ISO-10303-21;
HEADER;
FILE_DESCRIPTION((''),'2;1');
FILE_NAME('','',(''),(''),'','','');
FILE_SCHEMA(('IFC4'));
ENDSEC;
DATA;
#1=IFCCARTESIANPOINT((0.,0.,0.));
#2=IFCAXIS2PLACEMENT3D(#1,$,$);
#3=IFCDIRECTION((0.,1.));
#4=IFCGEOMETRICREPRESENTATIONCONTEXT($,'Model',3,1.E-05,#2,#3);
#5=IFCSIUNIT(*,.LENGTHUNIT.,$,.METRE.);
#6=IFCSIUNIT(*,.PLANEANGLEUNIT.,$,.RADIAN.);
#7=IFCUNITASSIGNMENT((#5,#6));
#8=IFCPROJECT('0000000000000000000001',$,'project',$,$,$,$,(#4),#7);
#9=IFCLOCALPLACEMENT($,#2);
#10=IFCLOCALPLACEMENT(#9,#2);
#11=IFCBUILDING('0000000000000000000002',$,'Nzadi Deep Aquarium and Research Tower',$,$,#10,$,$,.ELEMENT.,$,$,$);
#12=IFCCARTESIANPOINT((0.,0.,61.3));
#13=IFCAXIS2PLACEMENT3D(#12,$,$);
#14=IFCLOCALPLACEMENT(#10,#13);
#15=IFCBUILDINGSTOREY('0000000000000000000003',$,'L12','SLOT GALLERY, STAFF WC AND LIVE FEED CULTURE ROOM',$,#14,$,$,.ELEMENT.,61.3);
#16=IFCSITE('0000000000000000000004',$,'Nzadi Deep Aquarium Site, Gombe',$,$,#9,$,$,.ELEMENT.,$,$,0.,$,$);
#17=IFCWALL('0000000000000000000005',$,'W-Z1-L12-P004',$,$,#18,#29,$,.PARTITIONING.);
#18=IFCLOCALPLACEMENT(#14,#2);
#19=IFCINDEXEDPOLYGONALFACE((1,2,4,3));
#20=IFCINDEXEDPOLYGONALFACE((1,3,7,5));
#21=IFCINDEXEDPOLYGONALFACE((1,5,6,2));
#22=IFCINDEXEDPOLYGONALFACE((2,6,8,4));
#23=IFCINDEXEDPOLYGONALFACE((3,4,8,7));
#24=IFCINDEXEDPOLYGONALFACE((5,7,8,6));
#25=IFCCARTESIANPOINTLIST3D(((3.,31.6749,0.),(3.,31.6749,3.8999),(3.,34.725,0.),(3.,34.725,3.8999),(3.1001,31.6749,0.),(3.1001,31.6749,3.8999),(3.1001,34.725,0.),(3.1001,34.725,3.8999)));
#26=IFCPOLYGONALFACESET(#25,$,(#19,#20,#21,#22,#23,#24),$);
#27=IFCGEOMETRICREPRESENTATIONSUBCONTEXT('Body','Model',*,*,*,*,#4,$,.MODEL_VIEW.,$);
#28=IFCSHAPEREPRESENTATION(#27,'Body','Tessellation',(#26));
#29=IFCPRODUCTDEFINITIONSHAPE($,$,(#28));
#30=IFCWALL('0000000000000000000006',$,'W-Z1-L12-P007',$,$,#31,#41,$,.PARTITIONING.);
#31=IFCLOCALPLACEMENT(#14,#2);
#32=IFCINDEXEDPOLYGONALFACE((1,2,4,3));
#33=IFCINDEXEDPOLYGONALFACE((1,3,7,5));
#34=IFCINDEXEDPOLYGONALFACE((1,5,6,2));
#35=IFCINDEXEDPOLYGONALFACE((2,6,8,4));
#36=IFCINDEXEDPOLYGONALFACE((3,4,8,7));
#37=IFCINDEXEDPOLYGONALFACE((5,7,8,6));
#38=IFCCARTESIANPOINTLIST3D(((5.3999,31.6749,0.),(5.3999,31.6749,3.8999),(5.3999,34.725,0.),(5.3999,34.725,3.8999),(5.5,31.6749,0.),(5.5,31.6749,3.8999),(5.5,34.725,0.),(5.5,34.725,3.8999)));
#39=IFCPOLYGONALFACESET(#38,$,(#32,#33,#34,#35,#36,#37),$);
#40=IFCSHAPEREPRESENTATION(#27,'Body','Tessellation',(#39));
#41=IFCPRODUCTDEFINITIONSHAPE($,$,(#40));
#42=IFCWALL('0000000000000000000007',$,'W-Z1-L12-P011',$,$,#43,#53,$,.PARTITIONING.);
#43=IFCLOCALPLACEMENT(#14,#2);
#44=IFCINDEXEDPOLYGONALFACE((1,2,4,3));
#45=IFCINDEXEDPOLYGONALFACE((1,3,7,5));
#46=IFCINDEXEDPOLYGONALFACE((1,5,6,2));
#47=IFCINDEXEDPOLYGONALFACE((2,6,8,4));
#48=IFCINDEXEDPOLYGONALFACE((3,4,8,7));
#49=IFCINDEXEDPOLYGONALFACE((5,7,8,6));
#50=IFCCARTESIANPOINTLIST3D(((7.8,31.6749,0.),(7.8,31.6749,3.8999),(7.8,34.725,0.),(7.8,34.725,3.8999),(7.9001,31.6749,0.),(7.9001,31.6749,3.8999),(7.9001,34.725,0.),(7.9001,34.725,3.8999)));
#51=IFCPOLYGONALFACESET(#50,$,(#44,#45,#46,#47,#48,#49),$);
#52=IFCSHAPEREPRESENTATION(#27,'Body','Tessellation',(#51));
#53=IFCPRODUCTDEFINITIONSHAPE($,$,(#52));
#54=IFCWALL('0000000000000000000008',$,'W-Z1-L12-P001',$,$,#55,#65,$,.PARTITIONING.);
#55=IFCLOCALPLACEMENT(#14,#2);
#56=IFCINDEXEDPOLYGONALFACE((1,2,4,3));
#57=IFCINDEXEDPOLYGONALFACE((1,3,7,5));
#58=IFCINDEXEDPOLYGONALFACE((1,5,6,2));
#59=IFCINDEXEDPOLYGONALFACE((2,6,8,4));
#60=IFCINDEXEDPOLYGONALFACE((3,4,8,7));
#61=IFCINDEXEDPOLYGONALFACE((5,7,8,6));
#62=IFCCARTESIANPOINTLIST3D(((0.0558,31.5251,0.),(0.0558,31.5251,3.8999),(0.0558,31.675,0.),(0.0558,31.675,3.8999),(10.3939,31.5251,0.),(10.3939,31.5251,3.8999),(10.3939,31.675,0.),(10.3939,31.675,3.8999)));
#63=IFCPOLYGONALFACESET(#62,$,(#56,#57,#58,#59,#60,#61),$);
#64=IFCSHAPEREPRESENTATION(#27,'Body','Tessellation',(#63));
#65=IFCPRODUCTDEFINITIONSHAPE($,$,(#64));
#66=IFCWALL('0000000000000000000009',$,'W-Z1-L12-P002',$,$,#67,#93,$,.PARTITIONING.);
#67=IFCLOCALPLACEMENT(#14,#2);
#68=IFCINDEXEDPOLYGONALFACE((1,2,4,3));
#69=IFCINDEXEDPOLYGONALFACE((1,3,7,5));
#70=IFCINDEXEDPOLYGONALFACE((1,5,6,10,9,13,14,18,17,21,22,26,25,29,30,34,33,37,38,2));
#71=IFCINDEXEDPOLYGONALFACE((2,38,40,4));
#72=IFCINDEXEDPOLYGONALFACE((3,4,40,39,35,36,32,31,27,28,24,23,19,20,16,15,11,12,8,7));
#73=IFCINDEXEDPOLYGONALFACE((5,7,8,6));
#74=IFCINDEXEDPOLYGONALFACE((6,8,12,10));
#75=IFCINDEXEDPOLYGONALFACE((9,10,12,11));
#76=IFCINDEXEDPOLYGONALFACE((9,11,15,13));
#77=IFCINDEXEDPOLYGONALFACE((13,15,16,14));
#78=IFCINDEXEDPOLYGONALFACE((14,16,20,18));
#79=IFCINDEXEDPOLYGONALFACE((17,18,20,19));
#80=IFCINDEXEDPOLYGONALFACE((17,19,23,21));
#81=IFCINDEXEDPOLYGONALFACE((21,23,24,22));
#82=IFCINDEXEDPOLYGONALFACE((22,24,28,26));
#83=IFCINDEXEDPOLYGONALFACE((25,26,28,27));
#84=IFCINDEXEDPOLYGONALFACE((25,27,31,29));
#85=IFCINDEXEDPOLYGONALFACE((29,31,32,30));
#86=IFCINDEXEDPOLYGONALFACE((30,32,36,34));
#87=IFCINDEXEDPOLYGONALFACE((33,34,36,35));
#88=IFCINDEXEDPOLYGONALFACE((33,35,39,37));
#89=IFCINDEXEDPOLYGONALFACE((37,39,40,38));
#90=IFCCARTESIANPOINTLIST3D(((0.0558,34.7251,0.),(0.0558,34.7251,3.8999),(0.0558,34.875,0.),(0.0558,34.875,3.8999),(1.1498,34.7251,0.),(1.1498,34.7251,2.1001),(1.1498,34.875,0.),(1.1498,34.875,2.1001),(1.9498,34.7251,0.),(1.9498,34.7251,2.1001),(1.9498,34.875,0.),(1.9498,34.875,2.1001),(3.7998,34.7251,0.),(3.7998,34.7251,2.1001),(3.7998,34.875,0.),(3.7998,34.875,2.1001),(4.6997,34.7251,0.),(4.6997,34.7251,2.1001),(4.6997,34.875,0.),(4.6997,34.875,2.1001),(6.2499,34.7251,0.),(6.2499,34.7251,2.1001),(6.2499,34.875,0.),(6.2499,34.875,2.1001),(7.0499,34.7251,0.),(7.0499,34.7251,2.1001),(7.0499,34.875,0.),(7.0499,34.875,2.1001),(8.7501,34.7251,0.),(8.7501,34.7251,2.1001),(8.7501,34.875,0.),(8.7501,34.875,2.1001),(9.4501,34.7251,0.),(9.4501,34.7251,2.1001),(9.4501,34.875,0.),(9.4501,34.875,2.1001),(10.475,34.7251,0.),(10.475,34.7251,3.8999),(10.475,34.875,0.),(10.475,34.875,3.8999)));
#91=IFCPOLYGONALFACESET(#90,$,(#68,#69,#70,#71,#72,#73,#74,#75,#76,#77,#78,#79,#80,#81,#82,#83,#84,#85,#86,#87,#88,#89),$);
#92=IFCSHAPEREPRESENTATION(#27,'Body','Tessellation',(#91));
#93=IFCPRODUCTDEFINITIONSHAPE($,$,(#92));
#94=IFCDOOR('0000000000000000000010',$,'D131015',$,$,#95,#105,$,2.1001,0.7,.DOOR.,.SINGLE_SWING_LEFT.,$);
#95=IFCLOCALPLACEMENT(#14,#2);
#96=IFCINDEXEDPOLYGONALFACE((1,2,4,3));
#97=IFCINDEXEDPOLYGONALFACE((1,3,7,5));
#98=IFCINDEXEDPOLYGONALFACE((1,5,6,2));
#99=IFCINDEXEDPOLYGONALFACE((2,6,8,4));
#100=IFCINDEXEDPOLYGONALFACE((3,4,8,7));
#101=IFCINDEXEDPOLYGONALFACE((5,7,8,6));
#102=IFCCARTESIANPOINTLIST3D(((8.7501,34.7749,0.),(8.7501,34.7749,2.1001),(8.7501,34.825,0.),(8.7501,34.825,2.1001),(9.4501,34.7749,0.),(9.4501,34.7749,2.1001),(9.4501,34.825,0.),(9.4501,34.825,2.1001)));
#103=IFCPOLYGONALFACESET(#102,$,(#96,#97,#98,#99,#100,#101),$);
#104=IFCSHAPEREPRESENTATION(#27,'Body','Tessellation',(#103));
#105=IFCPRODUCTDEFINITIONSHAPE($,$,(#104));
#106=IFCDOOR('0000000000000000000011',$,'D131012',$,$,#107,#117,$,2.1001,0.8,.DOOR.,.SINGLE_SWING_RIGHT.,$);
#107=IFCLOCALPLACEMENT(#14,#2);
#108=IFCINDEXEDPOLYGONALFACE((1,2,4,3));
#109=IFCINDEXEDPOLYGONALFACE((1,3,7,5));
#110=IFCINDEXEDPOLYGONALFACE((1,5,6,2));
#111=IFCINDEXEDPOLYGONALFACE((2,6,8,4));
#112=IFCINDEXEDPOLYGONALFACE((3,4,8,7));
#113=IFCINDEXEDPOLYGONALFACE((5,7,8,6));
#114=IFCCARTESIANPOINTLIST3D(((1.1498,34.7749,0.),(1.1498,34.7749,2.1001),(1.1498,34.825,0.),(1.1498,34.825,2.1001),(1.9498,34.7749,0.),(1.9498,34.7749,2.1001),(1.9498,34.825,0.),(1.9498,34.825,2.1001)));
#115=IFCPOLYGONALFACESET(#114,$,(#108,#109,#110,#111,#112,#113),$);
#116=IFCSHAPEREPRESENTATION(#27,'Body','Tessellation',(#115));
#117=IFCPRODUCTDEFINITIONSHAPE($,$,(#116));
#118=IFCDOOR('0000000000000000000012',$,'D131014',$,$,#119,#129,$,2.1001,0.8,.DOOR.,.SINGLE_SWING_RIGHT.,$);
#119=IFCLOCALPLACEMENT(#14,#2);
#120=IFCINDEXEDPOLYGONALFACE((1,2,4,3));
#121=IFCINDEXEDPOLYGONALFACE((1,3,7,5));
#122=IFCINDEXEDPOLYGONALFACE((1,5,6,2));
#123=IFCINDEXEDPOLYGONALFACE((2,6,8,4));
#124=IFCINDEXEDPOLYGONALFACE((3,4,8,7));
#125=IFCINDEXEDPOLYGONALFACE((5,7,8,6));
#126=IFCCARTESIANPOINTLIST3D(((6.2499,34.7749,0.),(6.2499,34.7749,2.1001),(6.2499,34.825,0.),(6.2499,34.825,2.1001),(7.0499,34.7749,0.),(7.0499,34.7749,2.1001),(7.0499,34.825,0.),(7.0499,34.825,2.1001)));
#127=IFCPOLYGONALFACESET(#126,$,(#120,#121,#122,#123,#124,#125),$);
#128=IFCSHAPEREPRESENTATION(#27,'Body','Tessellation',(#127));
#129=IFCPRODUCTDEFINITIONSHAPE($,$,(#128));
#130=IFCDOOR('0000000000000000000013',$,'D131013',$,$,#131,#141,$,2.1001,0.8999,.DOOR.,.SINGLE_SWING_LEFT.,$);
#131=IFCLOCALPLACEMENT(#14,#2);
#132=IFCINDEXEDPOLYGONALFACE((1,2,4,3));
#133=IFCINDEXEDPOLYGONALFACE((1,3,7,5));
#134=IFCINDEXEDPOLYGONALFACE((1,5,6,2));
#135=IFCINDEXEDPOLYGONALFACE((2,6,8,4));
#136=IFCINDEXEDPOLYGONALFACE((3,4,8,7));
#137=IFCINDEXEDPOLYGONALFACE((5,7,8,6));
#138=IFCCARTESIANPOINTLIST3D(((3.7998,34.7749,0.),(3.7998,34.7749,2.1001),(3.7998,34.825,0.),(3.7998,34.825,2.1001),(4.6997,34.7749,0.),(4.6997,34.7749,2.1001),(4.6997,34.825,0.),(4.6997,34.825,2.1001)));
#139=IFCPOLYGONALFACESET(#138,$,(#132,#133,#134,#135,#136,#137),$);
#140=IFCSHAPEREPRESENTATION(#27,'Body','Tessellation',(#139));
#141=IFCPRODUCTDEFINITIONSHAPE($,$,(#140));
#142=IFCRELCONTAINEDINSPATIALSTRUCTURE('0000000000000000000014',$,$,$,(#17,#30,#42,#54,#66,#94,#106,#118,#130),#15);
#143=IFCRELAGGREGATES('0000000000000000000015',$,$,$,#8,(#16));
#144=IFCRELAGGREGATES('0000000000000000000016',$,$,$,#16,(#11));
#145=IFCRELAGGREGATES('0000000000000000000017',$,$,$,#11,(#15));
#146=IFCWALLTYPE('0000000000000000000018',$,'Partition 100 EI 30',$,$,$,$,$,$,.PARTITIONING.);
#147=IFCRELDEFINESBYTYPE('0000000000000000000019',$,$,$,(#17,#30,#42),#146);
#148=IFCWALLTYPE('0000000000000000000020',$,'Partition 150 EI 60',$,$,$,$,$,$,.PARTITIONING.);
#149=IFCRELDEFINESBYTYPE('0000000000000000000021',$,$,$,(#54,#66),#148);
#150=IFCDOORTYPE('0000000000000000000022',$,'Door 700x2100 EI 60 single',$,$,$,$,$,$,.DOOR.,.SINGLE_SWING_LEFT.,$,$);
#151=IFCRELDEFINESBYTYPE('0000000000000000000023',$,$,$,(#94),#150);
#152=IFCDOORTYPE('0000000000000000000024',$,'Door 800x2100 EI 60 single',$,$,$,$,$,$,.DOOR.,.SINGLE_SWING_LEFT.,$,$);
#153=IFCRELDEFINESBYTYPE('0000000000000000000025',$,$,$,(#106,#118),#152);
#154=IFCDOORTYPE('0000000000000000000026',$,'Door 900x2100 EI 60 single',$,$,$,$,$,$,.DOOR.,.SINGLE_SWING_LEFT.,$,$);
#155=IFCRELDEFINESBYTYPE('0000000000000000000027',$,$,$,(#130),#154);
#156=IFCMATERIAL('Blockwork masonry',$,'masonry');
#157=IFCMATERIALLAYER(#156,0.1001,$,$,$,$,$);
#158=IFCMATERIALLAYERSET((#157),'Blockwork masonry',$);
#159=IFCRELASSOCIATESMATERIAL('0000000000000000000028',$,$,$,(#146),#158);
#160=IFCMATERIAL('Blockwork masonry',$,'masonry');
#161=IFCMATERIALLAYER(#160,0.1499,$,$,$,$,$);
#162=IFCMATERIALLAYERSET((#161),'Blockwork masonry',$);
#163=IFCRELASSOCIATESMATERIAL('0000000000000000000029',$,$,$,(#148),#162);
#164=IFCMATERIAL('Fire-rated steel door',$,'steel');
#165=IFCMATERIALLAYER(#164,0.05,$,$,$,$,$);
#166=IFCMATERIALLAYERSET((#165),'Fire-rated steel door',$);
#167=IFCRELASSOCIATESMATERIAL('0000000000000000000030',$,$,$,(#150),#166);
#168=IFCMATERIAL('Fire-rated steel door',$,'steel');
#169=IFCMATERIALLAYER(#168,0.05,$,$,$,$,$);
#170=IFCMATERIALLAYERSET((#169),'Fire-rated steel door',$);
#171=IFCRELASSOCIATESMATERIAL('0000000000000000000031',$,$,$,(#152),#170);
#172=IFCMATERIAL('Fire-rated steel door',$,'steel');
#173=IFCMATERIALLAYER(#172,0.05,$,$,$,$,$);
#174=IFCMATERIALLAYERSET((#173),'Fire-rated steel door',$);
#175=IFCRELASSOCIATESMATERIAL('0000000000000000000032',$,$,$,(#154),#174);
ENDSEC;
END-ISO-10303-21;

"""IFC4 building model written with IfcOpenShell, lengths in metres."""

from ifc_helpers import new_model, si_unit, direction, frame, frame_2d, origin, place, context, subcontext, project, spatial, rectangle, extrude, material, layer, layer_set, type_object, element, fill, save


model = new_model("IFC4")

# Units and contexts
model_context = context("Model", 3, precision=1e-05, world=origin(), true_north=direction((0.0, 1.0)))
body_context = subcontext(model_context, "Body", "Model", "MODEL_VIEW")
ifc_project = project(units=[si_unit("LENGTHUNIT", "METRE"), si_unit("PLANEANGLEUNIT", "RADIAN")], contexts=[model_context])

# Site, building, storey
site_placement = place(None, origin())
site = spatial("IfcSite", under=ifc_project, at=site_placement, Name="Nzadi Deep Aquarium Site, Gombe", CompositionType="ELEMENT", RefElevation=0.0)
building_placement = place(site_placement, origin())
building = spatial("IfcBuilding", under=site, at=building_placement, Name="Nzadi Deep Aquarium and Research Tower", CompositionType="ELEMENT")
storey_placement = place(building_placement, frame((0.0, 0.0, 61.3)))
storey = spatial("IfcBuildingStorey", under=building, at=storey_placement, Name="L12", Description="SLOT GALLERY, STAFF WC AND LIVE FEED CULTURE ROOM", CompositionType="ELEMENT", Elevation=61.3)

# Walls
ifc_material_1 = material(Name="Blockwork masonry", Category="masonry")
ifc_layer_1 = layer(ifc_material_1, 0.1001)
ifc_layer_set_1 = layer_set([ifc_layer_1], Name="Blockwork masonry")
wall_type_1 = type_object("IfcWallType", Name="Partition 100 EI 30", PredefinedType="PARTITIONING", material=ifc_layer_set_1)
for number, where, z_axis, x_axis, name in (
    (1, (3.05, 31.675, 0.0), (0.0, 0.0, 1.0), (0.0, 1.0, 0.0), "W-Z1-L12-P004"),
    (2, (5.45, 31.675, 0.0), (0.0, 0.0, 1.0), (0.0, 1.0, 0.0), "W-Z1-L12-P007"),
    (3, (7.8501, 31.675, 0.0), (0.0, 0.0, 1.0), (0.0, 1.0, 0.0), "W-Z1-L12-P011"),
):
    element("IfcWall", number, at=place(storey_placement, frame(where, z_axis=z_axis, x_axis=x_axis)), inside=storey, type_object=wall_type_1, Name=name, PredefinedType="PARTITIONING", context=body_context, shape_type="SweptSolid", body=[
        extrude(rectangle(XDim=3.05, YDim=0.1001, at=frame_2d((1.5249, 0.0))), origin(), (0.0, 0.0, 1.0), 3.8999),
    ])
ifc_material_2 = material(Name="Blockwork masonry", Category="masonry")
ifc_layer_2 = layer(ifc_material_2, 0.1499)
ifc_layer_set_2 = layer_set([ifc_layer_2], Name="Blockwork masonry")
wall_type_2 = type_object("IfcWallType", Name="Partition 150 EI 60", PredefinedType="PARTITIONING", material=ifc_layer_set_2)
wall_1_placement = place(storey_placement, frame((0.0559, 31.6001, 0.0), z_axis=(0.0, 0.0, 1.0), x_axis=(1.0, 0.0, 0.0)))
element("IfcWall", 4, at=wall_1_placement, inside=storey, type_object=wall_type_2, Name="W-Z1-L12-P001", PredefinedType="PARTITIONING", context=body_context, shape_type="SweptSolid", body=[
    extrude(rectangle(XDim=10.3381, YDim=0.1499, at=frame_2d((5.1689, 0.0))), origin(), (0.0, 0.0, 1.0), 3.8999),
])

# Wall, openings, doors
wall_2_placement = place(storey_placement, frame((0.0559, 34.8, 0.0), z_axis=(0.0, 0.0, 1.0), x_axis=(1.0, 0.0, 0.0)))
wall_2 = element("IfcWall", 5, at=wall_2_placement, inside=storey, type_object=wall_type_2, Name="W-Z1-L12-P002", PredefinedType="PARTITIONING", context=body_context, shape_type="SweptSolid", body=[
    extrude(rectangle(XDim=10.4192, YDim=0.1499, at=frame_2d((5.2095, 0.0))), origin(), (0.0, 0.0, 1.0), 3.8999),
])
opening_1_placement = place(wall_2_placement, frame((1.094, 0.0, 0.0)))
opening_1 = element("IfcOpeningElement", 6, at=opening_1_placement, cuts=wall_2, PredefinedType="OPENING", context=body_context, shape_type="SweptSolid", body=[
    extrude(rectangle(XDim=0.8, YDim=2.1001, at=frame_2d((0.3999, 1.05))), frame((0.0, 0.085, 0.0), z_axis=(0.0, -1.0, 0.0), x_axis=(1.0, 0.0, 0.0)), (0.0, 0.0, 1.0), 0.1699),
])
opening_2_placement = place(wall_2_placement, frame((3.7439, 0.0, 0.0)))
opening_2 = element("IfcOpeningElement", 7, at=opening_2_placement, cuts=wall_2, PredefinedType="OPENING", context=body_context, shape_type="SweptSolid", body=[
    extrude(rectangle(XDim=0.8999, YDim=2.1001, at=frame_2d((0.45, 1.05))), frame((0.0, 0.085, 0.0), z_axis=(0.0, -1.0, 0.0), x_axis=(1.0, 0.0, 0.0)), (0.0, 0.0, 1.0), 0.1699),
])
opening_3_placement = place(wall_2_placement, frame((6.1941, 0.0, 0.0)))
opening_3 = element("IfcOpeningElement", 8, at=opening_3_placement, cuts=wall_2, PredefinedType="OPENING", context=body_context, shape_type="SweptSolid", body=[
    extrude(rectangle(XDim=0.8, YDim=2.1001, at=frame_2d((0.3999, 1.05))), frame((0.0, 0.085, 0.0), z_axis=(0.0, -1.0, 0.0), x_axis=(1.0, 0.0, 0.0)), (0.0, 0.0, 1.0), 0.1699),
])
opening_4_placement = place(wall_2_placement, frame((8.6941, 0.0, 0.0)))
opening_4 = element("IfcOpeningElement", 9, at=opening_4_placement, cuts=wall_2, PredefinedType="OPENING", context=body_context, shape_type="SweptSolid", body=[
    extrude(rectangle(XDim=0.7, YDim=2.1001, at=frame_2d((0.3501, 1.05))), frame((0.0, 0.085, 0.0), z_axis=(0.0, -1.0, 0.0), x_axis=(1.0, 0.0, 0.0)), (0.0, 0.0, 1.0), 0.1699),
])
ifc_material_3 = material(Name="Fire-rated steel door", Category="steel")
ifc_layer_3 = layer(ifc_material_3, 0.05)
ifc_layer_set_3 = layer_set([ifc_layer_3], Name="Fire-rated steel door")
door_type_1 = type_object("IfcDoorType", Name="Door 700x2100 EI 60 single", OperationType="SINGLE_SWING_LEFT", PredefinedType="DOOR", material=ifc_layer_set_3)
door_1_placement = place(opening_4_placement, origin())
door_1 = element("IfcDoor", 10, at=door_1_placement, inside=storey, type_object=door_type_1, Name="D131015", OperationType="SINGLE_SWING_LEFT", OverallHeight=2.1001, OverallWidth=0.7, PredefinedType="DOOR", context=body_context, shape_type="SweptSolid", body=[
    extrude(rectangle(XDim=0.7, YDim=2.1001, at=frame_2d((0.3501, 1.05))), frame((0.0, 0.0249, 0.0), z_axis=(0.0, -1.0, 0.0), x_axis=(1.0, 0.0, 0.0)), (0.0, 0.0, 1.0), 0.05),
])
fill(opening_4, door_1)
ifc_material_4 = material(Name="Fire-rated steel door", Category="steel")
ifc_layer_4 = layer(ifc_material_4, 0.05)
ifc_layer_set_4 = layer_set([ifc_layer_4], Name="Fire-rated steel door")
door_type_2 = type_object("IfcDoorType", Name="Door 800x2100 EI 60 single", OperationType="SINGLE_SWING_LEFT", PredefinedType="DOOR", material=ifc_layer_set_4)
door_2_placement = place(opening_1_placement, origin())
door_2 = element("IfcDoor", 11, at=door_2_placement, inside=storey, type_object=door_type_2, Name="D131012", OperationType="SINGLE_SWING_RIGHT", OverallHeight=2.1001, OverallWidth=0.8, PredefinedType="DOOR", context=body_context, shape_type="SweptSolid", body=[
    extrude(rectangle(XDim=0.8, YDim=2.1001, at=frame_2d((0.3999, 1.05))), frame((0.0, 0.0249, 0.0), z_axis=(0.0, -1.0, 0.0), x_axis=(1.0, 0.0, 0.0)), (0.0, 0.0, 1.0), 0.05),
])
fill(opening_1, door_2)
door_3_placement = place(opening_3_placement, origin())
door_3 = element("IfcDoor", 12, at=door_3_placement, inside=storey, type_object=door_type_2, Name="D131014", OperationType="SINGLE_SWING_RIGHT", OverallHeight=2.1001, OverallWidth=0.8, PredefinedType="DOOR", context=body_context, shape_type="SweptSolid", body=[
    extrude(rectangle(XDim=0.8, YDim=2.1001, at=frame_2d((0.3999, 1.05))), frame((0.0, 0.0249, 0.0), z_axis=(0.0, -1.0, 0.0), x_axis=(1.0, 0.0, 0.0)), (0.0, 0.0, 1.0), 0.05),
])
fill(opening_3, door_3)
ifc_material_5 = material(Name="Fire-rated steel door", Category="steel")
ifc_layer_5 = layer(ifc_material_5, 0.05)
ifc_layer_set_5 = layer_set([ifc_layer_5], Name="Fire-rated steel door")
door_type_3 = type_object("IfcDoorType", Name="Door 900x2100 EI 60 single", OperationType="SINGLE_SWING_LEFT", PredefinedType="DOOR", material=ifc_layer_set_5)
door_4_placement = place(opening_2_placement, origin())
door_4 = element("IfcDoor", 13, at=door_4_placement, inside=storey, type_object=door_type_3, Name="D131013", OperationType="SINGLE_SWING_LEFT", OverallHeight=2.1001, OverallWidth=0.8999, PredefinedType="DOOR", context=body_context, shape_type="SweptSolid", body=[
    extrude(rectangle(XDim=0.8999, YDim=2.1001, at=frame_2d((0.45, 1.05))), frame((0.0, 0.0249, 0.0), z_axis=(0.0, -1.0, 0.0), x_axis=(1.0, 0.0, 0.0)), (0.0, 0.0, 1.0), 0.05),
])
fill(opening_2, door_4)

save(model, "model.ifc")
